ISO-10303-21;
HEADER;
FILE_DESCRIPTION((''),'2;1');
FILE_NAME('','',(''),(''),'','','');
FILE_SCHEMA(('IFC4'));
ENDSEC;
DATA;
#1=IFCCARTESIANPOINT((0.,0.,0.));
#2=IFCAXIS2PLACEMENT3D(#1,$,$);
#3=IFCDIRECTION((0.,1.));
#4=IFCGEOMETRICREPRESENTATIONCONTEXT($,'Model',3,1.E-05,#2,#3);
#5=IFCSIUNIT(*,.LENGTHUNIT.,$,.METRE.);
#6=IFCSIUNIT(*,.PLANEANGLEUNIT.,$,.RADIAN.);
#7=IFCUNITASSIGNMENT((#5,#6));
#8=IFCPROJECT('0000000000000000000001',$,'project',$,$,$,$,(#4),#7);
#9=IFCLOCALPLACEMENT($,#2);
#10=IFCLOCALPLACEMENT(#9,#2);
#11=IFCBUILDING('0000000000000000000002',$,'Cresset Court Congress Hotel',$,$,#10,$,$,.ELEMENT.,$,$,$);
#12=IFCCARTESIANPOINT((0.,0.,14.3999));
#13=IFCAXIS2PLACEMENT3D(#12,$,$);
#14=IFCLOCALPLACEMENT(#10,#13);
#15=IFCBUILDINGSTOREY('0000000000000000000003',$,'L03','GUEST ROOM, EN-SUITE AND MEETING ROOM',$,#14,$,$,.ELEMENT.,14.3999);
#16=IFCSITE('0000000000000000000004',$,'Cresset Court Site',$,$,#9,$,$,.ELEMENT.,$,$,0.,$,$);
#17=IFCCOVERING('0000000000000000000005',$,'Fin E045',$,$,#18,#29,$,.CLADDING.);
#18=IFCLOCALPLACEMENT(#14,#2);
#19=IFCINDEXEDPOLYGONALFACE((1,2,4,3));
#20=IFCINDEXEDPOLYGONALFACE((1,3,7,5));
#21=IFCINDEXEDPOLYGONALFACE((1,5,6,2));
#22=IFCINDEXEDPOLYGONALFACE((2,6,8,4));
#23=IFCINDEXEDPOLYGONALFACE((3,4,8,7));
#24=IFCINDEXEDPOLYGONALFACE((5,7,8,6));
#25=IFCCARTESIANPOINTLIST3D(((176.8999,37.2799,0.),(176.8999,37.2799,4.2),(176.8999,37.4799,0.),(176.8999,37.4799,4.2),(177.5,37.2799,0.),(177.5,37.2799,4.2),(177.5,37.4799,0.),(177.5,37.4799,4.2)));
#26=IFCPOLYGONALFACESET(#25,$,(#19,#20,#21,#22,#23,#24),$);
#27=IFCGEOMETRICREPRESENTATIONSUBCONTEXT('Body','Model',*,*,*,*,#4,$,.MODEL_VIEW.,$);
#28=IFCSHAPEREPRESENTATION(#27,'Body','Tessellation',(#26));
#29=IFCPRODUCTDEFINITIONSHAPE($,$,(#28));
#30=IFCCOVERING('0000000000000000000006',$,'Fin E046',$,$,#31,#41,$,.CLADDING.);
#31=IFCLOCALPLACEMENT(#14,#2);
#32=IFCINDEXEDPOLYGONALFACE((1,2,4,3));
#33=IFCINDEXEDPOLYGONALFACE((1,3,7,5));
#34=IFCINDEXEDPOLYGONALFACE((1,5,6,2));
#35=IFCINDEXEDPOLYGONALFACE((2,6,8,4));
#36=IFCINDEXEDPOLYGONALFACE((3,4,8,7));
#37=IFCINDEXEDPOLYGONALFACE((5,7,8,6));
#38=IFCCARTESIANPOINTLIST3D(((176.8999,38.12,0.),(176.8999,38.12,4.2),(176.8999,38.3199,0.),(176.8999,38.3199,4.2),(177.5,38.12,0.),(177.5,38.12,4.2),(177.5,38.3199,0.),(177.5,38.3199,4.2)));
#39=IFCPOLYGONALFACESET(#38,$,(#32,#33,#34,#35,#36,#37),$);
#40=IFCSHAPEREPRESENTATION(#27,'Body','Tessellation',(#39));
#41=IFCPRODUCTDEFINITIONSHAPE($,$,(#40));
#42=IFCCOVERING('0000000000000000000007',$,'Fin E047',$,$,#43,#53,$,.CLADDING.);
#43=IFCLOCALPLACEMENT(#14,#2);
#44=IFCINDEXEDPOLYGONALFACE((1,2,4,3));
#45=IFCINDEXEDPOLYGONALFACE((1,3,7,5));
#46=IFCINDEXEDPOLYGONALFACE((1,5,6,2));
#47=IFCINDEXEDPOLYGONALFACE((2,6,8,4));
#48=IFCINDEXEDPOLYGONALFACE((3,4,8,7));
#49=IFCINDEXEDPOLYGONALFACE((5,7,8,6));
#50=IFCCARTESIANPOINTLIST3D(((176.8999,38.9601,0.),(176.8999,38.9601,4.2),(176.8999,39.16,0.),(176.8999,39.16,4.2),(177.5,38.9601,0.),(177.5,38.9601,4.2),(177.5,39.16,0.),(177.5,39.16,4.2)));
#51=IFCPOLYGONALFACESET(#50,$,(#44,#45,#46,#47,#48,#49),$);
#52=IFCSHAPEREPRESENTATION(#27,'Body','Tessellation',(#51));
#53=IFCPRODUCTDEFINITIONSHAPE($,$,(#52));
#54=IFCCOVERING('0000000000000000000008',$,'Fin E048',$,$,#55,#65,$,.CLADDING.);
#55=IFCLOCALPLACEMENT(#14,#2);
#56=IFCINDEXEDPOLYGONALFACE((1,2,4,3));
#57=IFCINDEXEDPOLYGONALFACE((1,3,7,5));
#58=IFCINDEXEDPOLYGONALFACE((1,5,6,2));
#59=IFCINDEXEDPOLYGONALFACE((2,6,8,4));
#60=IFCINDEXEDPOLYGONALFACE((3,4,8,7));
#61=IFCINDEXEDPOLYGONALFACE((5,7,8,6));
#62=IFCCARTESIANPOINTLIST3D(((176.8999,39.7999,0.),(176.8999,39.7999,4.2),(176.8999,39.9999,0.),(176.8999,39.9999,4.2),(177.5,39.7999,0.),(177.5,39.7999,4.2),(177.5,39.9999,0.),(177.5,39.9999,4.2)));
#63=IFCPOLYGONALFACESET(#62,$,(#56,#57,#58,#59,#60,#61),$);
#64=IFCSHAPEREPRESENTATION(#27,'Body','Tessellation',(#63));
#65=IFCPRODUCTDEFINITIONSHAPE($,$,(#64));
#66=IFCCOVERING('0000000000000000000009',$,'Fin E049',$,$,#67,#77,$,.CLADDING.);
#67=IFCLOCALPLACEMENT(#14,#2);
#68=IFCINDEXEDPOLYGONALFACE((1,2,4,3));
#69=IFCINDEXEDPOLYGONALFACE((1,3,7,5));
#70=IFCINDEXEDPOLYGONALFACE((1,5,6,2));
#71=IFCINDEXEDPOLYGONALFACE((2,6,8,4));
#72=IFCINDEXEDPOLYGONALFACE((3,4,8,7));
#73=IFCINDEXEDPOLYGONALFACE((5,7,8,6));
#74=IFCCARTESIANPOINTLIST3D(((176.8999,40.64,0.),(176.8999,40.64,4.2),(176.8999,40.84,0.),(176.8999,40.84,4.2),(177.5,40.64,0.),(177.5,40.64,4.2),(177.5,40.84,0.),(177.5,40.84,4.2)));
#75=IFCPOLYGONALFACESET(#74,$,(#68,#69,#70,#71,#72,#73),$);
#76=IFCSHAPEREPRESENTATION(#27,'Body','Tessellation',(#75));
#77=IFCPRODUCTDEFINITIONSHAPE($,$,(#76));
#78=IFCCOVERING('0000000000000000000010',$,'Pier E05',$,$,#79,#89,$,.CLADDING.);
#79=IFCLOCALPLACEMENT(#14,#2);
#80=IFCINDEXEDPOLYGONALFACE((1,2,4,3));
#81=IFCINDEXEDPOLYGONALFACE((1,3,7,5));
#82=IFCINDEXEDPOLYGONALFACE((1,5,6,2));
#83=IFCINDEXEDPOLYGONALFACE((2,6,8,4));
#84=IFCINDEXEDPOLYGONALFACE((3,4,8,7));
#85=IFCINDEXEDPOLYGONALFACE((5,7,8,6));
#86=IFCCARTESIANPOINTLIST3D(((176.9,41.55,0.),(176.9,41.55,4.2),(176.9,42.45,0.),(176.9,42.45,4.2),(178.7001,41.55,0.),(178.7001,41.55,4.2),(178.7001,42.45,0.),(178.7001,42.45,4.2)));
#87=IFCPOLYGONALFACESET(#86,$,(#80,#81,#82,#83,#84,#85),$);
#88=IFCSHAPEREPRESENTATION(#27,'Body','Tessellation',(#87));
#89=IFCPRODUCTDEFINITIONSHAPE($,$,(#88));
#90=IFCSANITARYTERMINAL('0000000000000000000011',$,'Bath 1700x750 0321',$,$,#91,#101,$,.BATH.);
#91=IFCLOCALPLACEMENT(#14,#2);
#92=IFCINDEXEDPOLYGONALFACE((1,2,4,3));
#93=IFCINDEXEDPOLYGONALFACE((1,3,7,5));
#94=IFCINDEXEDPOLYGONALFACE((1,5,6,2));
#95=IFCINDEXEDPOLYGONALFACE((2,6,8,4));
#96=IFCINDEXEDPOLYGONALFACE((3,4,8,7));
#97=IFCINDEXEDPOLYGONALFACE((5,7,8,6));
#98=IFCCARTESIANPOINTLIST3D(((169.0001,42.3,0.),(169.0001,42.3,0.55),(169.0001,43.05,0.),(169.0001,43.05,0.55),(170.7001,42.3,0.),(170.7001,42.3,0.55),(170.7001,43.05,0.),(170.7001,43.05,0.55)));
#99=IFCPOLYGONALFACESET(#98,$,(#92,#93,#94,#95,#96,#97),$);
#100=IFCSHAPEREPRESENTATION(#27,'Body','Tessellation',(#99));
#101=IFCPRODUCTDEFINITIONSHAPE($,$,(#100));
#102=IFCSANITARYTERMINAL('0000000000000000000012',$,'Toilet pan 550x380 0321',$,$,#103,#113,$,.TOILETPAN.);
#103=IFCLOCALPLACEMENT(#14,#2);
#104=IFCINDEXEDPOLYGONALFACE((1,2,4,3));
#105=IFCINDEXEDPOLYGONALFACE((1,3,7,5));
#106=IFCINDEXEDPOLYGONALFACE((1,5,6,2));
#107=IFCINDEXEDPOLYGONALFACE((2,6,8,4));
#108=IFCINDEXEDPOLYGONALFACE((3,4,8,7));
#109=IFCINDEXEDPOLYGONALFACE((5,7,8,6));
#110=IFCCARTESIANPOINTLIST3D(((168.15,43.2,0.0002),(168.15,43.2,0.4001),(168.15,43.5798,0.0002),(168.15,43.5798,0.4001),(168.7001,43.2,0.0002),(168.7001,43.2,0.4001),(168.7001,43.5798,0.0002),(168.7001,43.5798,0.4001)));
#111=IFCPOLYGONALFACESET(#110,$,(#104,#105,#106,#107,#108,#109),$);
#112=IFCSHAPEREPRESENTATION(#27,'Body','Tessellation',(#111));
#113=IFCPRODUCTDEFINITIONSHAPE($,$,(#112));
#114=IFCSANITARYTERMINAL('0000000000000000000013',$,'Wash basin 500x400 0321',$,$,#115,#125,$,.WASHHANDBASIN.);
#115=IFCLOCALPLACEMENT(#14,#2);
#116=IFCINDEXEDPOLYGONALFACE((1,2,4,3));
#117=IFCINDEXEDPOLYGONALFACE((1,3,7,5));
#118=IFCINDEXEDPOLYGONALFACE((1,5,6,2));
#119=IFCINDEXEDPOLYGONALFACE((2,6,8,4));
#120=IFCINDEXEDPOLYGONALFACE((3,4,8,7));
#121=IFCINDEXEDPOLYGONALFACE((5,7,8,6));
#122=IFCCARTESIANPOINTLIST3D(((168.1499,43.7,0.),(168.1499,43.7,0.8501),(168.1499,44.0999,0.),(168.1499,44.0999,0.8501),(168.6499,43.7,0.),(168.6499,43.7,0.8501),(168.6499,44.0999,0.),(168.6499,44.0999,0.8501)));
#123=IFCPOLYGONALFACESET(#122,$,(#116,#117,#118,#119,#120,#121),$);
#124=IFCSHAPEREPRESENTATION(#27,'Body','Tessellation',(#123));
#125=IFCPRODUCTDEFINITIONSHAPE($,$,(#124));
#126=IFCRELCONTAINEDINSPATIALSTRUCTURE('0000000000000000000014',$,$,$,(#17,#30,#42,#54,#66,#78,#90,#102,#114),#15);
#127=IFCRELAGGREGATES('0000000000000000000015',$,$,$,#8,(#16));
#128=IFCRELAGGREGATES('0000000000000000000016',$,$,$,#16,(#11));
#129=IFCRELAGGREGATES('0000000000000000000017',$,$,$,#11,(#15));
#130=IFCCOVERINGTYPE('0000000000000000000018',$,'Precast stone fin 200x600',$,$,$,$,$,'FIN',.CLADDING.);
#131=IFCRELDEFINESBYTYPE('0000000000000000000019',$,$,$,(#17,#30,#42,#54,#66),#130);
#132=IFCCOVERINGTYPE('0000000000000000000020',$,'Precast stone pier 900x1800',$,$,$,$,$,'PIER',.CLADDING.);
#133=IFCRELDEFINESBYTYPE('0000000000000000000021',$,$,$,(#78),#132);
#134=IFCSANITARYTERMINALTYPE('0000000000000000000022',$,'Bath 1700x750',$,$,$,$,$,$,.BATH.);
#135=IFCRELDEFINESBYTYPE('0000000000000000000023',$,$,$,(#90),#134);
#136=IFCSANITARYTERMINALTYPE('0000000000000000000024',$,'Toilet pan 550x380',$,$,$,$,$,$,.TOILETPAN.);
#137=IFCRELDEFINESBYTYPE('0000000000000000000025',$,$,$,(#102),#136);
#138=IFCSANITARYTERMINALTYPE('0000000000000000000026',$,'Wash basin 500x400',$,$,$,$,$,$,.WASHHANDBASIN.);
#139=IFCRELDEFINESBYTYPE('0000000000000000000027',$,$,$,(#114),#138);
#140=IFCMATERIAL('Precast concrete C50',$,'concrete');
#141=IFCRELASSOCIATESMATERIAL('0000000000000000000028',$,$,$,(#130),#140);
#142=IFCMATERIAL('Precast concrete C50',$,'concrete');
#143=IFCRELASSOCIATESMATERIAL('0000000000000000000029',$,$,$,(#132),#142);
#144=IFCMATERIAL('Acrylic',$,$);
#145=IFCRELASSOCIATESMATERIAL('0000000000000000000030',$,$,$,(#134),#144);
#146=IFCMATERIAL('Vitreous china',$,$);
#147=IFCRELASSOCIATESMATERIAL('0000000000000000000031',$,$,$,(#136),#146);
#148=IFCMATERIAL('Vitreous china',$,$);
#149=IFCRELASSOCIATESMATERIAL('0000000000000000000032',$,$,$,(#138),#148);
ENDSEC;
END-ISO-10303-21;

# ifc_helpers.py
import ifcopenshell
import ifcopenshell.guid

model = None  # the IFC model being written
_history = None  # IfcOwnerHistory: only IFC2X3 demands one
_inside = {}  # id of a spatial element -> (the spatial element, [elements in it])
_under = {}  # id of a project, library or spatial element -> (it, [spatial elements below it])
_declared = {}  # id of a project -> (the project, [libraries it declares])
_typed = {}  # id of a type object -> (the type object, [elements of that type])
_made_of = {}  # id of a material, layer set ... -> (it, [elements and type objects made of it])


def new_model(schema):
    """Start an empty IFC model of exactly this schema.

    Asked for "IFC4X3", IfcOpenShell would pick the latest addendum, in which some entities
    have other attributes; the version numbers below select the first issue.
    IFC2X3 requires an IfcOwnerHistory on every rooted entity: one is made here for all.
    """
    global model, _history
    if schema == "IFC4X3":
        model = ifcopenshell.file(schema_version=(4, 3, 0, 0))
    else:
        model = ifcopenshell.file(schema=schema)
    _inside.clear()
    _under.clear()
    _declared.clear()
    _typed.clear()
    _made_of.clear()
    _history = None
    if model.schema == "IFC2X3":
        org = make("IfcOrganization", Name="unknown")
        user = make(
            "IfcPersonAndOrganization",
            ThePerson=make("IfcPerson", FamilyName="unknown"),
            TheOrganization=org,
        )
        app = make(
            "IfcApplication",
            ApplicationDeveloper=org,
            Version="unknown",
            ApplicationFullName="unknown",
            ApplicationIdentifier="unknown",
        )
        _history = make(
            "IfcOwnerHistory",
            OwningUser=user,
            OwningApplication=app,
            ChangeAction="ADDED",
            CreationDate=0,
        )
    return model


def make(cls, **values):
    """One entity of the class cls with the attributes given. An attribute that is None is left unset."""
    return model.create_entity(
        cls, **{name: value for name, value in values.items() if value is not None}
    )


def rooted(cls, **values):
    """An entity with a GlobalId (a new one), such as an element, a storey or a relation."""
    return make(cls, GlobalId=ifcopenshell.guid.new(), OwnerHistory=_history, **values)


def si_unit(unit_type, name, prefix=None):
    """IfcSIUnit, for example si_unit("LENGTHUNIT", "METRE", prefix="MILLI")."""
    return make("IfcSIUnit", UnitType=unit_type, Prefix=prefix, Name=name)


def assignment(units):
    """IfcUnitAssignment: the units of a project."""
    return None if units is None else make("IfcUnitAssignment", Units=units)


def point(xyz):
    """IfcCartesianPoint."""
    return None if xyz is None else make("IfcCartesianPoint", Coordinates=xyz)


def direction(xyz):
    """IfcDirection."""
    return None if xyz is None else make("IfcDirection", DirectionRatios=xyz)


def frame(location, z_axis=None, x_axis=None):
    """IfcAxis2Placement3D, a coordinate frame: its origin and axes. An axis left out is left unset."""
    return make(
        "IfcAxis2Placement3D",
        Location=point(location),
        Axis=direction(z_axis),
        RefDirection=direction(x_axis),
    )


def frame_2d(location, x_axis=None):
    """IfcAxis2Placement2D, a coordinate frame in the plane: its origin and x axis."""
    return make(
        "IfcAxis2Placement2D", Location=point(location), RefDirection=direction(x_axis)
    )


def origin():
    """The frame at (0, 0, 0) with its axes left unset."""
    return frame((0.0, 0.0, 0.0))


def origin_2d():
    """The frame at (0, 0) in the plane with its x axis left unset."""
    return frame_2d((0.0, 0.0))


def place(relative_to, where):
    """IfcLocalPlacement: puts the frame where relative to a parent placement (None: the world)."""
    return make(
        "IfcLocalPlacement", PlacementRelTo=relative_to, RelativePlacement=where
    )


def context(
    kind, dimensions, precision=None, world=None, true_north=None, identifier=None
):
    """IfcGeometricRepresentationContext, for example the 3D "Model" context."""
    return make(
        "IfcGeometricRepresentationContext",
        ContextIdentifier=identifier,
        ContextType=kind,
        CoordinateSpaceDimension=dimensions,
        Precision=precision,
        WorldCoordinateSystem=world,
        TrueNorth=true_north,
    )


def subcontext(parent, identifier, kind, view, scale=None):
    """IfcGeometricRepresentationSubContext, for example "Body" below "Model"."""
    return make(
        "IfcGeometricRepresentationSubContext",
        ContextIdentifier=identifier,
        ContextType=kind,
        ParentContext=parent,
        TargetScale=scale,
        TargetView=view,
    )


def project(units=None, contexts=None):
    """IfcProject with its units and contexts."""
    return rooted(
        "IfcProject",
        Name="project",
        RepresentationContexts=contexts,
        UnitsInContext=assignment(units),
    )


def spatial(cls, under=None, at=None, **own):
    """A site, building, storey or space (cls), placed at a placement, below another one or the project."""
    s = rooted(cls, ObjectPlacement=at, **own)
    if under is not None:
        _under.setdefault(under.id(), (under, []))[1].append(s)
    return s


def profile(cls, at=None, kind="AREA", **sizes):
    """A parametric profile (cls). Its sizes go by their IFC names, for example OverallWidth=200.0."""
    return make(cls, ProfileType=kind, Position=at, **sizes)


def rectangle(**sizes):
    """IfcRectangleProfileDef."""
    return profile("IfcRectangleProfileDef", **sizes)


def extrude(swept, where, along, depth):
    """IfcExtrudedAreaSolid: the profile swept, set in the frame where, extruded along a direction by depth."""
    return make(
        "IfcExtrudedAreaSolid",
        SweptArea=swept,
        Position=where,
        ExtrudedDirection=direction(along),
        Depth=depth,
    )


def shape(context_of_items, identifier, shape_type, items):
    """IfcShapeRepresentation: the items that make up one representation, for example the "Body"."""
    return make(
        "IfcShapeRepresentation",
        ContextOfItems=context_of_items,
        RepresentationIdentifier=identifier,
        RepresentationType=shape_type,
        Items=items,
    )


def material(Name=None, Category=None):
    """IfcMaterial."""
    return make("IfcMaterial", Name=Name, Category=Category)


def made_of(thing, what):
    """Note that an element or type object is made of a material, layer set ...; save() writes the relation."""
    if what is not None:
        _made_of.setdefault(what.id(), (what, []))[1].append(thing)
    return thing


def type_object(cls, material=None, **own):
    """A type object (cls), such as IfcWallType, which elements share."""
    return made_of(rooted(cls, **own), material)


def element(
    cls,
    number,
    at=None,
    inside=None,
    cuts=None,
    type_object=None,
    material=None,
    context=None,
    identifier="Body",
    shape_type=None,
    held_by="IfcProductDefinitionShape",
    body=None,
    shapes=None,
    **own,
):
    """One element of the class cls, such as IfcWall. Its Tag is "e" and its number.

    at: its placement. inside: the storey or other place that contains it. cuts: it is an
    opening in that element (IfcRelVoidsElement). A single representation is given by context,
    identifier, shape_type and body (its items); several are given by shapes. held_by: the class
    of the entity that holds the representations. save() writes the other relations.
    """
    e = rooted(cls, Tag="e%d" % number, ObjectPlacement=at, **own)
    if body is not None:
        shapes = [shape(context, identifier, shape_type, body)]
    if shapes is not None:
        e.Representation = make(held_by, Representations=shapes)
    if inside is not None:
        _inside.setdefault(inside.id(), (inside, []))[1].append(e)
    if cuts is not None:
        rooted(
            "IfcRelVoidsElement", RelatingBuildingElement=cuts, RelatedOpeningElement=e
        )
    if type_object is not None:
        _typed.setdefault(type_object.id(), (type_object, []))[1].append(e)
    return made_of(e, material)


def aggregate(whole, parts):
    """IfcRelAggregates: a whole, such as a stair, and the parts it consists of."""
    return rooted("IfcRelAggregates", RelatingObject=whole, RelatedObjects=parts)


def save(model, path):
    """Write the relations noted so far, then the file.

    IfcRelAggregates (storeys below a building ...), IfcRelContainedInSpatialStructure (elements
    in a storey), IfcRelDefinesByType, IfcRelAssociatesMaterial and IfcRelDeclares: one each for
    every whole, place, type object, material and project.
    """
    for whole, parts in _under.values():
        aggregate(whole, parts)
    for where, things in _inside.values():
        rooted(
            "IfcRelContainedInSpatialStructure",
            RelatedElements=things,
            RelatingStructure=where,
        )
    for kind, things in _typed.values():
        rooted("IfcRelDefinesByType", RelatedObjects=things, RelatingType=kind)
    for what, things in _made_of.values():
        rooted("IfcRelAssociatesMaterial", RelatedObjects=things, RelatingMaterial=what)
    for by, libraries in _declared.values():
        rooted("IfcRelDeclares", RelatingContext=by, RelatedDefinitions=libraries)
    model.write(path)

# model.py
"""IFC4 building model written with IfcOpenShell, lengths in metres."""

from ifc_helpers import new_model, si_unit, direction, frame, origin, origin_2d, place, context, subcontext, project, spatial, rectangle, extrude, material, type_object, element, save


model = new_model("IFC4")

# Units and contexts
model_context = context("Model", 3, precision=1e-05, world=origin(), true_north=direction((0.0, 1.0)))
body_context = subcontext(model_context, "Body", "Model", "MODEL_VIEW")
ifc_project = project(units=[si_unit("LENGTHUNIT", "METRE"), si_unit("PLANEANGLEUNIT", "RADIAN")], contexts=[model_context])

# Site, building, storey
site_placement = place(None, origin())
site = spatial("IfcSite", under=ifc_project, at=site_placement, Name="Cresset Court Site", CompositionType="ELEMENT", RefElevation=0.0)
building_placement = place(site_placement, origin())
building = spatial("IfcBuilding", under=site, at=building_placement, Name="Cresset Court Congress Hotel", CompositionType="ELEMENT")
storey_placement = place(building_placement, frame((0.0, 0.0, 14.3999)))
storey = spatial("IfcBuildingStorey", under=building, at=storey_placement, Name="L03", Description="GUEST ROOM, EN-SUITE AND MEETING ROOM", CompositionType="ELEMENT", Elevation=14.3999)

# Coverings
ifc_material_1 = material(Name="Precast concrete C50", Category="concrete")
covering_type_1 = type_object("IfcCoveringType", Name="Precast stone fin 200x600", ElementType="FIN", PredefinedType="CLADDING", material=ifc_material_1)
for number, where, z_axis, x_axis, name in (
    (1, (177.2, 37.3799, 0.0), (0.0, 0.0, 1.0), (1.0, 0.0, 0.0), "Fin E045"),
    (2, (177.2, 38.22, 0.0), (0.0, 0.0, 1.0), (1.0, 0.0, 0.0), "Fin E046"),
    (3, (177.2, 39.0601, 0.0), (0.0, 0.0, 1.0), (1.0, 0.0, 0.0), "Fin E047"),
    (4, (177.2, 39.8999, 0.0), (0.0, 0.0, 1.0), (1.0, 0.0, 0.0), "Fin E048"),
    (5, (177.2, 40.74, 0.0), (0.0, 0.0, 1.0), (1.0, 0.0, 0.0), "Fin E049"),
):
    element("IfcCovering", number, at=place(storey_placement, frame(where, z_axis=z_axis, x_axis=x_axis)), inside=storey, type_object=covering_type_1, Name=name, PredefinedType="CLADDING", context=body_context, shape_type="SweptSolid", body=[
        extrude(rectangle(XDim=0.6001, YDim=0.2, at=origin_2d()), origin(), (0.0, 0.0, 1.0), 4.2),
    ])
ifc_material_2 = material(Name="Precast concrete C50", Category="concrete")
covering_type_2 = type_object("IfcCoveringType", Name="Precast stone pier 900x1800", ElementType="PIER", PredefinedType="CLADDING", material=ifc_material_2)
covering_placement = place(storey_placement, frame((177.8, 42.0, 0.0), z_axis=(0.0, 0.0, 1.0), x_axis=(1.0, 0.0, 0.0)))
element("IfcCovering", 6, at=covering_placement, inside=storey, type_object=covering_type_2, Name="Pier E05", PredefinedType="CLADDING", context=body_context, shape_type="SweptSolid", body=[
    extrude(rectangle(XDim=1.8, YDim=0.8999, at=origin_2d()), origin(), (0.0, 0.0, 1.0), 4.2),
])

# Sanitary terminals
ifc_material_3 = material(Name="Acrylic")
sanitary_terminal_type_1 = type_object("IfcSanitaryTerminalType", Name="Bath 1700x750", PredefinedType="BATH", material=ifc_material_3)
sanitary_terminal_1_placement = place(storey_placement, frame((169.8501, 42.675, 0.0), z_axis=(0.0, 0.0, 1.0), x_axis=(1.0, 0.0, 0.0)))
element("IfcSanitaryTerminal", 7, at=sanitary_terminal_1_placement, inside=storey, type_object=sanitary_terminal_type_1, Name="Bath 1700x750 0321", PredefinedType="BATH", context=body_context, shape_type="SweptSolid", body=[
    extrude(rectangle(XDim=1.7, YDim=0.75, at=origin_2d()), origin(), (0.0, 0.0, 1.0), 0.55),
])
ifc_material_4 = material(Name="Vitreous china")
sanitary_terminal_type_2 = type_object("IfcSanitaryTerminalType", Name="Toilet pan 550x380", PredefinedType="TOILETPAN", material=ifc_material_4)
sanitary_terminal_2_placement = place(storey_placement, frame((168.425, 43.3899, 0.0002), z_axis=(0.0, 0.0, 1.0), x_axis=(1.0, 0.0, 0.0)))
element("IfcSanitaryTerminal", 8, at=sanitary_terminal_2_placement, inside=storey, type_object=sanitary_terminal_type_2, Name="Toilet pan 550x380 0321", PredefinedType="TOILETPAN", context=body_context, shape_type="SweptSolid", body=[
    extrude(rectangle(XDim=0.55, YDim=0.3799, at=origin_2d()), origin(), (0.0, 0.0, 1.0), 0.3999),
])
ifc_material_5 = material(Name="Vitreous china")
sanitary_terminal_type_3 = type_object("IfcSanitaryTerminalType", Name="Wash basin 500x400", PredefinedType="WASHHANDBASIN", material=ifc_material_5)
sanitary_terminal_3_placement = place(storey_placement, frame((168.3999, 43.8999, 0.0), z_axis=(0.0, 0.0, 1.0), x_axis=(1.0, 0.0, 0.0)))
element("IfcSanitaryTerminal", 9, at=sanitary_terminal_3_placement, inside=storey, type_object=sanitary_terminal_type_3, Name="Wash basin 500x400 0321", PredefinedType="WASHHANDBASIN", context=body_context, shape_type="SweptSolid", body=[
    extrude(rectangle(XDim=0.5, YDim=0.3999, at=origin_2d()), origin(), (0.0, 0.0, 1.0), 0.8501),
])

save(model, "model.ifc")
